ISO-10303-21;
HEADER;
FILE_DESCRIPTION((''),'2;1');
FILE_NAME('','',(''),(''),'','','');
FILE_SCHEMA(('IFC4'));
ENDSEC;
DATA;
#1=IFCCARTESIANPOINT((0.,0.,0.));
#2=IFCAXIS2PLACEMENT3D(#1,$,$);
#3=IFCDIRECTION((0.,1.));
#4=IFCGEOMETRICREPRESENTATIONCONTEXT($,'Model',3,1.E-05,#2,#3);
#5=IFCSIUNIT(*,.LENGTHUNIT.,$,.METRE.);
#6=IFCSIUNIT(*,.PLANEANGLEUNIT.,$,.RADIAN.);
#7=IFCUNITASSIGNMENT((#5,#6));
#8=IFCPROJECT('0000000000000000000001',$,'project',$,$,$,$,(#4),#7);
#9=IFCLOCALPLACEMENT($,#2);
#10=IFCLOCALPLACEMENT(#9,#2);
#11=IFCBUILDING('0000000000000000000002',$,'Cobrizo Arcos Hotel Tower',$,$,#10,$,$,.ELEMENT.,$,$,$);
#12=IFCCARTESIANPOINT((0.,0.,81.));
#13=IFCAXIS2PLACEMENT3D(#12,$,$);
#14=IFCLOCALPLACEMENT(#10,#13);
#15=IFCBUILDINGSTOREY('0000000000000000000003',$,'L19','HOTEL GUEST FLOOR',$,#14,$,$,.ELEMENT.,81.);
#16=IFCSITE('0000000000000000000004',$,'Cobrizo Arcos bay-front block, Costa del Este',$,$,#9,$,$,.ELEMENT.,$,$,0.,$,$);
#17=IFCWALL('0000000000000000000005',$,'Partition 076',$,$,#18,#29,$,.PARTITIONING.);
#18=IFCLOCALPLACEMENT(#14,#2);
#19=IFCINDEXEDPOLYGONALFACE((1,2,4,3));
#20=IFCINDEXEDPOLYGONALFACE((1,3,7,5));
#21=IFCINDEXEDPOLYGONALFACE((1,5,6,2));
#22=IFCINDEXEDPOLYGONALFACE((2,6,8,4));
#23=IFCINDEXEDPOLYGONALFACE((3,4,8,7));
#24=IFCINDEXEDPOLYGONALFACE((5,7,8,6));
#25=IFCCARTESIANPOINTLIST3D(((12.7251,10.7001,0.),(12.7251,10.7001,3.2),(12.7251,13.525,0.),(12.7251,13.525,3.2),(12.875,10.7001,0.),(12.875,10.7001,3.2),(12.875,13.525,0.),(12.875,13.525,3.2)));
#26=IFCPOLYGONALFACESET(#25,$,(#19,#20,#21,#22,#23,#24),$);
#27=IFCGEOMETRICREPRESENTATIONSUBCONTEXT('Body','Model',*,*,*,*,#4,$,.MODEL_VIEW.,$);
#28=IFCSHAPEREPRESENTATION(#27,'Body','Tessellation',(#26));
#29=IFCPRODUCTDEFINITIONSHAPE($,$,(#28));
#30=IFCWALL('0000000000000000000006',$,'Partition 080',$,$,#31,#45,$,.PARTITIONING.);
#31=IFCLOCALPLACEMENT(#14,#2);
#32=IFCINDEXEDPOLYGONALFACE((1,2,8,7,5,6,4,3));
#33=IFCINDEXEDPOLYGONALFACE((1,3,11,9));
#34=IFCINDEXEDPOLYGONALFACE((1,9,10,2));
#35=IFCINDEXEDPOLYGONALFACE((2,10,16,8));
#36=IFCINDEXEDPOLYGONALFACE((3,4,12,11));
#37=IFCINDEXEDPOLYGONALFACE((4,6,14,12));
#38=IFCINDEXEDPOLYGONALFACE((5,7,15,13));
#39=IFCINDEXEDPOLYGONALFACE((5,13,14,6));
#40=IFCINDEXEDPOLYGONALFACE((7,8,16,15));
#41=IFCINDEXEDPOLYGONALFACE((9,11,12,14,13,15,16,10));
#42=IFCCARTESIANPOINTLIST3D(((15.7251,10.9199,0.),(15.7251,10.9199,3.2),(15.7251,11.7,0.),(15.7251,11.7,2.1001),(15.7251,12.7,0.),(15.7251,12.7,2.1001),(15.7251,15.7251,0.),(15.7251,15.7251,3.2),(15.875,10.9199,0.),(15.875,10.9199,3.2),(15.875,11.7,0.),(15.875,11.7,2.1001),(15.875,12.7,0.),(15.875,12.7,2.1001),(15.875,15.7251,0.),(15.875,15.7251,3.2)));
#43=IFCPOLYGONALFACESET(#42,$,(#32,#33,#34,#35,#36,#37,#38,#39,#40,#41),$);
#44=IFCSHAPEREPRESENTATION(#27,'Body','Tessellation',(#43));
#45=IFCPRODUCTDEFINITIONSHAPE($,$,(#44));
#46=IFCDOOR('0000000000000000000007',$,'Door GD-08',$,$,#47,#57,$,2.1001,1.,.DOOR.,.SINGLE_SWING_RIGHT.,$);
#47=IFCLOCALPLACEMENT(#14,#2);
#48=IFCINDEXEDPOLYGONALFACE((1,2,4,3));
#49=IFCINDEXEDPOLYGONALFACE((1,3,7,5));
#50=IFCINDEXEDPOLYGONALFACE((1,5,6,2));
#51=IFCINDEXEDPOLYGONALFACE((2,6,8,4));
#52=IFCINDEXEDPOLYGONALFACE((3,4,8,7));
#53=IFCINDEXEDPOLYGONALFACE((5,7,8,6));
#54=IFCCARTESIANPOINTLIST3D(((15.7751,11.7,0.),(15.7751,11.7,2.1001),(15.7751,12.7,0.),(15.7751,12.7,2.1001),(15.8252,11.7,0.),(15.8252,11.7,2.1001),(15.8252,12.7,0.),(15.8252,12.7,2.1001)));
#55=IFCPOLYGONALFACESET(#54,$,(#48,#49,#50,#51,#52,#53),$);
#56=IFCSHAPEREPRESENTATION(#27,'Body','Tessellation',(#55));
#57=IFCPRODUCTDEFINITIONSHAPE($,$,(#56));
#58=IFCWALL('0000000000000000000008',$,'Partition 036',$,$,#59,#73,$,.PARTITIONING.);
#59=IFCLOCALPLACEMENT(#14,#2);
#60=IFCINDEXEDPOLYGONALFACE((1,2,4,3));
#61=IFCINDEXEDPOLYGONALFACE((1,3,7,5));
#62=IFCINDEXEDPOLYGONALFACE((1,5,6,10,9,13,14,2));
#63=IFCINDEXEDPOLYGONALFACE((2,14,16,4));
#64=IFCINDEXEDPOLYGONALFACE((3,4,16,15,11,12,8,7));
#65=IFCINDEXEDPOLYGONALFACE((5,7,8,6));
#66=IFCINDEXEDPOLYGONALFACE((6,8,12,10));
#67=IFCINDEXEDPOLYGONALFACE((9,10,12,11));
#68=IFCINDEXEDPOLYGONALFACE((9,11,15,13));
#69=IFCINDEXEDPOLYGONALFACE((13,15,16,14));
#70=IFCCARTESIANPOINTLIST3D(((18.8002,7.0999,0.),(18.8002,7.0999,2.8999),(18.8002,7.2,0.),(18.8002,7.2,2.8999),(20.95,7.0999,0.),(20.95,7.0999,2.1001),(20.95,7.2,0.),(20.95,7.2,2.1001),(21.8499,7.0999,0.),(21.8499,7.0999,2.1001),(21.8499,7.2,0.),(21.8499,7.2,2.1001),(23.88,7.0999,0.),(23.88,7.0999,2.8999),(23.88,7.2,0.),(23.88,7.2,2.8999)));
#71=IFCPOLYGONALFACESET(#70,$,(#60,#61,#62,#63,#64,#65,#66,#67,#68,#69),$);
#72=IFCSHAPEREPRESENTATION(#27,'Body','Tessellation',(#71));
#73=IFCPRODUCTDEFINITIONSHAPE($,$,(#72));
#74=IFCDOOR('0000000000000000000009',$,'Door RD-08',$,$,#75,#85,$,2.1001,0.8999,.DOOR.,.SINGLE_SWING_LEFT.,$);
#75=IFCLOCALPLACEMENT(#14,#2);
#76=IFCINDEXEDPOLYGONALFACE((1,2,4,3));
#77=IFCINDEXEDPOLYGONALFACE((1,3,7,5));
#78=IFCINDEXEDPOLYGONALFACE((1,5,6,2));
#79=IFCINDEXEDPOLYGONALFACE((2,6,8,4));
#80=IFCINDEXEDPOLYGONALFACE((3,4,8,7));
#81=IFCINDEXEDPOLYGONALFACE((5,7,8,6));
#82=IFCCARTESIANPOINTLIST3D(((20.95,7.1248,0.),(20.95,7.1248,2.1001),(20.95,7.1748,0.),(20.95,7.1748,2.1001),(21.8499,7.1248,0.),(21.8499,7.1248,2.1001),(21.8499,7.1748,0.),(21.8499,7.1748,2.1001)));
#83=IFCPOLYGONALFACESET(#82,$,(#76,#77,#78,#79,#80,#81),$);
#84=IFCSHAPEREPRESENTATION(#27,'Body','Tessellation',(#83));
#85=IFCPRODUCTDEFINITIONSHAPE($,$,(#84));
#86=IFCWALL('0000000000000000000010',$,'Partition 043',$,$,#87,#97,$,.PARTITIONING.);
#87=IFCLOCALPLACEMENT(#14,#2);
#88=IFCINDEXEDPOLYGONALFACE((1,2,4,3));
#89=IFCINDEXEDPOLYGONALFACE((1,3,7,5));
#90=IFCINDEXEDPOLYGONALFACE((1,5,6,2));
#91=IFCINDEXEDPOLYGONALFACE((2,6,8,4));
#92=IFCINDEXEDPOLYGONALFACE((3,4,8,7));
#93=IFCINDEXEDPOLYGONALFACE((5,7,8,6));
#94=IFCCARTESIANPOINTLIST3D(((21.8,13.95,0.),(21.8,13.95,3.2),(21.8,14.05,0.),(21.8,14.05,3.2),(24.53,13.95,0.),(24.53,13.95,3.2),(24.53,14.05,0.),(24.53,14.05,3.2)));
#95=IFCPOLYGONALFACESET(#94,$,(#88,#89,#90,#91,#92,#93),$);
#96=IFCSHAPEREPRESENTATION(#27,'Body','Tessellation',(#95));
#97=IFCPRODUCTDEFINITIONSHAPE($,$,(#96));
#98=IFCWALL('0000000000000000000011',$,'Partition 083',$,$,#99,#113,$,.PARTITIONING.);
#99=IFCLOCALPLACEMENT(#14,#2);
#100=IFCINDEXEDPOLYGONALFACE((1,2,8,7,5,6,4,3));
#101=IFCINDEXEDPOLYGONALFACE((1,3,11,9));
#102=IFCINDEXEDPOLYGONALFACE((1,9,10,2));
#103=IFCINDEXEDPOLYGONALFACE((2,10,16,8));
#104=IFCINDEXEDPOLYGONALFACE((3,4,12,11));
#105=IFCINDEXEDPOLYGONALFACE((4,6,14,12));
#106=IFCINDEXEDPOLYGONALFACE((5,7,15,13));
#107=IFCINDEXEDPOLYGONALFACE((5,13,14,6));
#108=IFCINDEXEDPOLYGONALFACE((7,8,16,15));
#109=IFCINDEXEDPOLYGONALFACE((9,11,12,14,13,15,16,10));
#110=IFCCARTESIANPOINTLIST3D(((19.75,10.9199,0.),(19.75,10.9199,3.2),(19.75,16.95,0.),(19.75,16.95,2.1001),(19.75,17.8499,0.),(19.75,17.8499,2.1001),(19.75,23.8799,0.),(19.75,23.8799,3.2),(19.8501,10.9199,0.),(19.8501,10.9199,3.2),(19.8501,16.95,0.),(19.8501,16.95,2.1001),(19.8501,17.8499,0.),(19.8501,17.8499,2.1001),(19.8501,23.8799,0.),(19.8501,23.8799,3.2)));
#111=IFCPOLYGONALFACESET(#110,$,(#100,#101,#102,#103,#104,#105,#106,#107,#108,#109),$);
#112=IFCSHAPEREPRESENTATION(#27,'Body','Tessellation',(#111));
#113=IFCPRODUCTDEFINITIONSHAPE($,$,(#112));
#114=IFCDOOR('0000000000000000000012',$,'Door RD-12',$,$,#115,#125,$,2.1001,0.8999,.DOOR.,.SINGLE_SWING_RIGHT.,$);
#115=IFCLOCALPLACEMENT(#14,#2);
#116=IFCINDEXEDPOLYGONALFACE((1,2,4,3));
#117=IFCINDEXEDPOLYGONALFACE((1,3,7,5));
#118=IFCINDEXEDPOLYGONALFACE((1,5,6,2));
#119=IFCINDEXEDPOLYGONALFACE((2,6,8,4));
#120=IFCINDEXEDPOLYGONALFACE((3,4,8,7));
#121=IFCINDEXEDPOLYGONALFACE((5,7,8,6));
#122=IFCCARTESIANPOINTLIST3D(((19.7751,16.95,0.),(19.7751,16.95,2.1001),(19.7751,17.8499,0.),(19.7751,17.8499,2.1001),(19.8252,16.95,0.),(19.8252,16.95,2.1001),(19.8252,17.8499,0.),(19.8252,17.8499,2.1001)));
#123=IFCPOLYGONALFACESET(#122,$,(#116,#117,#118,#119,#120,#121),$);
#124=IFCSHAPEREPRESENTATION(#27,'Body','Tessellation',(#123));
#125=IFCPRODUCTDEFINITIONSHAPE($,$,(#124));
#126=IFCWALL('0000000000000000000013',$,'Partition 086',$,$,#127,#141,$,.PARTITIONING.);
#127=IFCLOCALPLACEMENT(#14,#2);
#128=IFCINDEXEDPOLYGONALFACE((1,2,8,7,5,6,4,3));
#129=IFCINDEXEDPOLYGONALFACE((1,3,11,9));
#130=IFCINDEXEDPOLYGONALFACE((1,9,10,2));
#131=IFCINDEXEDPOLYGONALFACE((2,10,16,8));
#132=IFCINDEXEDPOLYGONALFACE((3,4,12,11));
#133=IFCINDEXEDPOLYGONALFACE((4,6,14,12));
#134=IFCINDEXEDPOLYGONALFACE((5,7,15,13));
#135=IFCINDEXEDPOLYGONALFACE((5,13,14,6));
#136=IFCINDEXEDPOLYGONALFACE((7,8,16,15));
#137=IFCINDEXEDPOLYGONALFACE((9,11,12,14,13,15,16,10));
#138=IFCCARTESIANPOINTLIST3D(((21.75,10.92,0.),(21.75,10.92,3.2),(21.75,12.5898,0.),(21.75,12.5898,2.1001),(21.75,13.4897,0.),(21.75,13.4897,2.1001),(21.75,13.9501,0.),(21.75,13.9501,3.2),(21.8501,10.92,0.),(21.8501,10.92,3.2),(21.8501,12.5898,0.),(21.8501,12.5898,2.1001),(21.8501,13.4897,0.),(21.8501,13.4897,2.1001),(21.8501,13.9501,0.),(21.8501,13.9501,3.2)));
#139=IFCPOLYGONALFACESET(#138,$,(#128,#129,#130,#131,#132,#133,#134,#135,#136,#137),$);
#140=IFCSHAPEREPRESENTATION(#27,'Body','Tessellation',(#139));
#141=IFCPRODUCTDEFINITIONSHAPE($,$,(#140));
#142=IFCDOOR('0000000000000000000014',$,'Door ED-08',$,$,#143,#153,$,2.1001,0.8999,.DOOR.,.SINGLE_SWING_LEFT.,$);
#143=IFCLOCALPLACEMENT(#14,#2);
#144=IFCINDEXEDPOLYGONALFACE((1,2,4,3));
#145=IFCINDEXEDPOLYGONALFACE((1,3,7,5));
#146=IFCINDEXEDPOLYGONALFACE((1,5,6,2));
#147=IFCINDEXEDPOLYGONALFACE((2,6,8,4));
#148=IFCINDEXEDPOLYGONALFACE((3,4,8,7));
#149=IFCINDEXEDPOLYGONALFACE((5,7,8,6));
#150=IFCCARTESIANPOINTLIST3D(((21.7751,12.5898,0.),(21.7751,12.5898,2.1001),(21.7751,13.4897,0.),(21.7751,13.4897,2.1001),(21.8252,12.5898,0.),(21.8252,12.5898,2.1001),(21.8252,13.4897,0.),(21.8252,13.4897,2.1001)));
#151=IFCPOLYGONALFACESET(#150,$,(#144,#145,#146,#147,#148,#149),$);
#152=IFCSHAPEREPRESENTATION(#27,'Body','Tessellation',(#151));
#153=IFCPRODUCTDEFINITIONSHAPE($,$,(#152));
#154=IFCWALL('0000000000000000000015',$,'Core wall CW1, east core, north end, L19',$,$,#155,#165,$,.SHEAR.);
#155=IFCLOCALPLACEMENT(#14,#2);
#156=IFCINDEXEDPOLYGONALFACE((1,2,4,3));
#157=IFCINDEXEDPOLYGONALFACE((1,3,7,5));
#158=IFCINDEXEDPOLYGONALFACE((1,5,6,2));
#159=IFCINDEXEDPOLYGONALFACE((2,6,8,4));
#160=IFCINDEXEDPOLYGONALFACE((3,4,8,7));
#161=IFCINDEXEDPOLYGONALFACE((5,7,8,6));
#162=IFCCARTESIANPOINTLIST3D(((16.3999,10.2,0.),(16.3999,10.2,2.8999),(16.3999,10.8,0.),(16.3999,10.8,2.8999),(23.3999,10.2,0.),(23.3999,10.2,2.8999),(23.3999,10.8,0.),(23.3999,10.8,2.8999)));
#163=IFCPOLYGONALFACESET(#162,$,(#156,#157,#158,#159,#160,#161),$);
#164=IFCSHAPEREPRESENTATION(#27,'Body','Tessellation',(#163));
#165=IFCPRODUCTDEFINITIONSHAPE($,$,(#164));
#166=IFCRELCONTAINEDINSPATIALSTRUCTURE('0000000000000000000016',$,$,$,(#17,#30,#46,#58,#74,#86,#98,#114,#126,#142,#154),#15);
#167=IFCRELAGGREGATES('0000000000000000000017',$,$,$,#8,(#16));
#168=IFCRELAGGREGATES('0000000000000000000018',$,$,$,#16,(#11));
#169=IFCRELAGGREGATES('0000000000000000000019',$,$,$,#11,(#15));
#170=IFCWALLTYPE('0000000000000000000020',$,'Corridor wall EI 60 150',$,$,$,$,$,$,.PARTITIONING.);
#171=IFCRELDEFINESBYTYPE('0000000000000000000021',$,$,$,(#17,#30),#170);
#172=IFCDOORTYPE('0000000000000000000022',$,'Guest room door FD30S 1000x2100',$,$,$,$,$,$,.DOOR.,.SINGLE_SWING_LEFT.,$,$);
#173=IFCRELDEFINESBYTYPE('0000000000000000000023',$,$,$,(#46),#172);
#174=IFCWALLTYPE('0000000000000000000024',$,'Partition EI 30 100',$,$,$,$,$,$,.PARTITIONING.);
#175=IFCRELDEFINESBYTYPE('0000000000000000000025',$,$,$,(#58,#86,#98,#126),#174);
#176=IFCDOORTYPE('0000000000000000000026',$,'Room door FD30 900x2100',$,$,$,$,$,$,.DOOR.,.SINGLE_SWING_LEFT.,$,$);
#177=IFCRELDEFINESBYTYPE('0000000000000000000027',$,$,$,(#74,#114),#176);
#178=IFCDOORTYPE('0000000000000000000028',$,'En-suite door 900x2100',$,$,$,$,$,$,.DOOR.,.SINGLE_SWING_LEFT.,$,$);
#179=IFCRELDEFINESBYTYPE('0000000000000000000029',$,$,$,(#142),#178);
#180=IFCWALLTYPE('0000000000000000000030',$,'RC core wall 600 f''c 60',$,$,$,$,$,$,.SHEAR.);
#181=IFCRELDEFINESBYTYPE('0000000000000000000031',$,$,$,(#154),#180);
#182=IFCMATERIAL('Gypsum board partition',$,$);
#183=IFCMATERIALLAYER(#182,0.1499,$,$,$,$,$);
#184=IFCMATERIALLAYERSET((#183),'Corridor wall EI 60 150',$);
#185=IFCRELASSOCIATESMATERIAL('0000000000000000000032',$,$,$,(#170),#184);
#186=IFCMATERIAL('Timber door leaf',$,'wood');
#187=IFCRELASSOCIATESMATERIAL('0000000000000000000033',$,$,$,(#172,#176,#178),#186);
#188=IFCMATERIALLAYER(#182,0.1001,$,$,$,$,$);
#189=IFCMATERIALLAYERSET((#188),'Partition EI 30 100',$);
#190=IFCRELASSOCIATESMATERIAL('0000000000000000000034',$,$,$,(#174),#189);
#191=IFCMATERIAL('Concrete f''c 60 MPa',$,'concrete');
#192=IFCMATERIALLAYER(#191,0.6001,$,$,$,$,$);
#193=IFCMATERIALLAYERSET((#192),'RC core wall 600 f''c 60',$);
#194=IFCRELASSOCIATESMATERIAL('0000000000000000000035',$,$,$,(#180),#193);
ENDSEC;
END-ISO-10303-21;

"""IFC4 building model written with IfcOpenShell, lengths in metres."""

from ifc_helpers import new_model, si_unit, direction, frame, frame_2d, origin, place, context, subcontext, project, spatial, rectangle, extrude, material, layer, layer_set, type_object, element, fill, save


model = new_model("IFC4")

# Units and contexts
model_context = context("Model", 3, precision=1e-05, world=origin(), true_north=direction((0.0, 1.0)))
body_context = subcontext(model_context, "Body", "Model", "MODEL_VIEW")
ifc_project = project(units=[si_unit("LENGTHUNIT", "METRE"), si_unit("PLANEANGLEUNIT", "RADIAN")], contexts=[model_context])

# Site, building, storey
site_placement = place(None, origin())
site = spatial("IfcSite", under=ifc_project, at=site_placement, Name="Cobrizo Arcos bay-front block, Costa del Este", CompositionType="ELEMENT", RefElevation=0.0)
building_placement = place(site_placement, origin())
building = spatial("IfcBuilding", under=site, at=building_placement, Name="Cobrizo Arcos Hotel Tower", CompositionType="ELEMENT")
storey_placement = place(building_placement, frame((0.0, 0.0, 81.0)))
storey = spatial("IfcBuildingStorey", under=building, at=storey_placement, Name="L19", Description="HOTEL GUEST FLOOR", CompositionType="ELEMENT", Elevation=81.0)

# Wall
ifc_material_1 = material(Name="Gypsum board partition")
ifc_layer_1 = layer(ifc_material_1, 0.1499)
ifc_layer_set_1 = layer_set([ifc_layer_1], Name="Corridor wall EI 60 150")
wall_type_1 = type_object("IfcWallType", Name="Corridor wall EI 60 150", PredefinedType="PARTITIONING", material=ifc_layer_set_1)
wall_1_placement = place(storey_placement, frame((12.8, 10.7, 0.0), z_axis=(0.0, 0.0, 1.0), x_axis=(0.0, 1.0, 0.0)))
element("IfcWall", 1, at=wall_1_placement, inside=storey, type_object=wall_type_1, Name="Partition 076", PredefinedType="PARTITIONING", context=body_context, shape_type="SweptSolid", body=[
    extrude(rectangle(XDim=2.825, YDim=0.1499, at=frame_2d((1.4126, 0.0))), origin(), (0.0, 0.0, 1.0), 3.2),
])

# Walls, openings, doors
wall_2_placement = place(storey_placement, frame((15.8, 10.9199, 0.0), z_axis=(0.0, 0.0, 1.0), x_axis=(0.0, 1.0, 0.0)))
wall_2 = element("IfcWall", 2, at=wall_2_placement, inside=storey, type_object=wall_type_1, Name="Partition 080", PredefinedType="PARTITIONING", context=body_context, shape_type="SweptSolid", body=[
    extrude(rectangle(XDim=4.8052, YDim=0.1499, at=frame_2d((2.4026, 0.0))), origin(), (0.0, 0.0, 1.0), 3.2),
])
opening_1_placement = place(wall_2_placement, frame((0.78, 0.0, 0.0)))
opening_1 = element("IfcOpeningElement", 3, at=opening_1_placement, cuts=wall_2, PredefinedType="OPENING", context=body_context, shape_type="SweptSolid", body=[
    extrude(rectangle(XDim=1.0, YDim=2.1001, at=frame_2d((0.5, 1.05))), frame((0.0, 0.0869, 0.0), z_axis=(0.0, -1.0, 0.0), x_axis=(1.0, 0.0, 0.0)), (0.0, 0.0, 1.0), 0.1738),
])
ifc_material_2 = material(Name="Timber door leaf", Category="wood")
door_type_1 = type_object("IfcDoorType", Name="Guest room door FD30S 1000x2100", OperationType="SINGLE_SWING_LEFT", PredefinedType="DOOR", material=ifc_material_2)
door_1_placement = place(opening_1_placement, origin())
door_1 = element("IfcDoor", 4, at=door_1_placement, inside=storey, type_object=door_type_1, Name="Door GD-08", OperationType="SINGLE_SWING_RIGHT", OverallHeight=2.1001, OverallWidth=1.0, PredefinedType="DOOR", context=body_context, shape_type="SweptSolid", body=[
    extrude(rectangle(XDim=1.0, YDim=2.1001, at=frame_2d((0.5, 1.05))), frame((0.0, 0.0249, 0.0), z_axis=(0.0, -1.0, 0.0), x_axis=(1.0, 0.0, 0.0)), (0.0, 0.0, 1.0), 0.05),
])
fill(opening_1, door_1)
ifc_layer_2 = layer(ifc_material_1, 0.1001)
ifc_layer_set_2 = layer_set([ifc_layer_2], Name="Partition EI 30 100")
wall_type_2 = type_object("IfcWallType", Name="Partition EI 30 100", PredefinedType="PARTITIONING", material=ifc_layer_set_2)
wall_3_placement = place(storey_placement, frame((18.8, 7.1499, 0.0), z_axis=(0.0, 0.0, 1.0), x_axis=(1.0, 0.0, 0.0)))
wall_3 = element("IfcWall", 5, at=wall_3_placement, inside=storey, type_object=wall_type_2, Name="Partition 036", PredefinedType="PARTITIONING", context=body_context, shape_type="SweptSolid", body=[
    extrude(rectangle(XDim=5.0798, YDim=0.1001, at=frame_2d((2.54, 0.0))), origin(), (0.0, 0.0, 1.0), 2.8999),
])
opening_2_placement = place(wall_3_placement, frame((2.1499, 0.0, 0.0)))
opening_2 = element("IfcOpeningElement", 6, at=opening_2_placement, cuts=wall_3, PredefinedType="OPENING", context=body_context, shape_type="SweptSolid", body=[
    extrude(rectangle(XDim=0.8999, YDim=2.1001, at=frame_2d((0.45, 1.05))), frame((0.0, 0.062, 0.0), z_axis=(0.0, -1.0, 0.0), x_axis=(1.0, 0.0, 0.0)), (0.0, 0.0, 1.0), 0.124),
])
door_type_2 = type_object("IfcDoorType", Name="Room door FD30 900x2100", OperationType="SINGLE_SWING_LEFT", PredefinedType="DOOR", material=ifc_material_2)
door_2_placement = place(opening_2_placement, origin())
door_2 = element("IfcDoor", 7, at=door_2_placement, inside=storey, type_object=door_type_2, Name="Door RD-08", OperationType="SINGLE_SWING_LEFT", OverallHeight=2.1001, OverallWidth=0.8999, PredefinedType="DOOR", context=body_context, shape_type="SweptSolid", body=[
    extrude(rectangle(XDim=0.8999, YDim=2.1001, at=frame_2d((0.45, 1.05))), frame((0.0, 0.0249, 0.0), z_axis=(0.0, -1.0, 0.0), x_axis=(1.0, 0.0, 0.0)), (0.0, 0.0, 1.0), 0.05),
])
fill(opening_2, door_2)

# Wall
wall_4_placement = place(storey_placement, frame((21.8, 14.0, 0.0), z_axis=(0.0, 0.0, 1.0), x_axis=(1.0, 0.0, 0.0)))
element("IfcWall", 8, at=wall_4_placement, inside=storey, type_object=wall_type_2, Name="Partition 043", PredefinedType="PARTITIONING", context=body_context, shape_type="SweptSolid", body=[
    extrude(rectangle(XDim=2.73, YDim=0.1001, at=frame_2d((1.365, 0.0))), origin(), (0.0, 0.0, 1.0), 3.2),
])

# Walls, openings, doors
wall_5_placement = place(storey_placement, frame((19.8, 10.9199, 0.0), z_axis=(0.0, 0.0, 1.0), x_axis=(0.0, 1.0, 0.0)))
wall_5 = element("IfcWall", 9, at=wall_5_placement, inside=storey, type_object=wall_type_2, Name="Partition 083", PredefinedType="PARTITIONING", context=body_context, shape_type="SweptSolid", body=[
    extrude(rectangle(XDim=12.96, YDim=0.1001, at=frame_2d((6.48, 0.0))), origin(), (0.0, 0.0, 1.0), 3.2),
])
opening_3_placement = place(wall_5_placement, frame((6.03, 0.0, 0.0)))
opening_3 = element("IfcOpeningElement", 10, at=opening_3_placement, cuts=wall_5, PredefinedType="OPENING", context=body_context, shape_type="SweptSolid", body=[
    extrude(rectangle(XDim=0.8999, YDim=2.1001, at=frame_2d((0.45, 1.05))), frame((0.0, 0.062, 0.0), z_axis=(0.0, -1.0, 0.0), x_axis=(1.0, 0.0, 0.0)), (0.0, 0.0, 1.0), 0.124),
])
door_3_placement = place(opening_3_placement, origin())
door_3 = element("IfcDoor", 11, at=door_3_placement, inside=storey, type_object=door_type_2, Name="Door RD-12", OperationType="SINGLE_SWING_RIGHT", OverallHeight=2.1001, OverallWidth=0.8999, PredefinedType="DOOR", context=body_context, shape_type="SweptSolid", body=[
    extrude(rectangle(XDim=0.8999, YDim=2.1001, at=frame_2d((0.45, 1.05))), frame((0.0, 0.0249, 0.0), z_axis=(0.0, -1.0, 0.0), x_axis=(1.0, 0.0, 0.0)), (0.0, 0.0, 1.0), 0.05),
])
fill(opening_3, door_3)
wall_6_placement = place(storey_placement, frame((21.8, 10.9199, 0.0), z_axis=(0.0, 0.0, 1.0), x_axis=(0.0, 1.0, 0.0)))
wall_6 = element("IfcWall", 12, at=wall_6_placement, inside=storey, type_object=wall_type_2, Name="Partition 086", PredefinedType="PARTITIONING", context=body_context, shape_type="SweptSolid", body=[
    extrude(rectangle(XDim=3.03, YDim=0.1001, at=frame_2d((1.5151, 0.0))), origin(), (0.0, 0.0, 1.0), 3.2),
])
opening_4_placement = place(wall_6_placement, frame((1.6699, 0.0, 0.0)))
opening_4 = element("IfcOpeningElement", 13, at=opening_4_placement, cuts=wall_6, PredefinedType="OPENING", context=body_context, shape_type="SweptSolid", body=[
    extrude(rectangle(XDim=0.8999, YDim=2.1001, at=frame_2d((0.45, 1.05))), frame((0.0, 0.062, 0.0), z_axis=(0.0, -1.0, 0.0), x_axis=(1.0, 0.0, 0.0)), (0.0, 0.0, 1.0), 0.124),
])
door_type_3 = type_object("IfcDoorType", Name="En-suite door 900x2100", OperationType="SINGLE_SWING_LEFT", PredefinedType="DOOR", material=ifc_material_2)
door_4_placement = place(opening_4_placement, origin())
door_4 = element("IfcDoor", 14, at=door_4_placement, inside=storey, type_object=door_type_3, Name="Door ED-08", OperationType="SINGLE_SWING_LEFT", OverallHeight=2.1001, OverallWidth=0.8999, PredefinedType="DOOR", context=body_context, shape_type="SweptSolid", body=[
    extrude(rectangle(XDim=0.8999, YDim=2.1001, at=frame_2d((0.45, 1.05))), frame((0.0, 0.0249, 0.0), z_axis=(0.0, -1.0, 0.0), x_axis=(1.0, 0.0, 0.0)), (0.0, 0.0, 1.0), 0.05),
])
fill(opening_4, door_4)

# Wall
ifc_material_3 = material(Name="Concrete f'c 60 MPa", Category="concrete")
ifc_layer_3 = layer(ifc_material_3, 0.6001)
ifc_layer_set_3 = layer_set([ifc_layer_3], Name="RC core wall 600 f'c 60")
wall_type_3 = type_object("IfcWallType", Name="RC core wall 600 f'c 60", PredefinedType="SHEAR", material=ifc_layer_set_3)
wall_7_placement = place(storey_placement, frame((16.3999, 10.5, 0.0), z_axis=(0.0, 0.0, 1.0), x_axis=(1.0, 0.0, 0.0)))
element("IfcWall", 15, at=wall_7_placement, inside=storey, type_object=wall_type_3, Name="Core wall CW1, east core, north end, L19", PredefinedType="SHEAR", context=body_context, shape_type="SweptSolid", body=[
    extrude(rectangle(XDim=7.0, YDim=0.6001, at=frame_2d((3.5, 0.0))), origin(), (0.0, 0.0, 1.0), 2.8999),
])

save(model, "model.ifc")
